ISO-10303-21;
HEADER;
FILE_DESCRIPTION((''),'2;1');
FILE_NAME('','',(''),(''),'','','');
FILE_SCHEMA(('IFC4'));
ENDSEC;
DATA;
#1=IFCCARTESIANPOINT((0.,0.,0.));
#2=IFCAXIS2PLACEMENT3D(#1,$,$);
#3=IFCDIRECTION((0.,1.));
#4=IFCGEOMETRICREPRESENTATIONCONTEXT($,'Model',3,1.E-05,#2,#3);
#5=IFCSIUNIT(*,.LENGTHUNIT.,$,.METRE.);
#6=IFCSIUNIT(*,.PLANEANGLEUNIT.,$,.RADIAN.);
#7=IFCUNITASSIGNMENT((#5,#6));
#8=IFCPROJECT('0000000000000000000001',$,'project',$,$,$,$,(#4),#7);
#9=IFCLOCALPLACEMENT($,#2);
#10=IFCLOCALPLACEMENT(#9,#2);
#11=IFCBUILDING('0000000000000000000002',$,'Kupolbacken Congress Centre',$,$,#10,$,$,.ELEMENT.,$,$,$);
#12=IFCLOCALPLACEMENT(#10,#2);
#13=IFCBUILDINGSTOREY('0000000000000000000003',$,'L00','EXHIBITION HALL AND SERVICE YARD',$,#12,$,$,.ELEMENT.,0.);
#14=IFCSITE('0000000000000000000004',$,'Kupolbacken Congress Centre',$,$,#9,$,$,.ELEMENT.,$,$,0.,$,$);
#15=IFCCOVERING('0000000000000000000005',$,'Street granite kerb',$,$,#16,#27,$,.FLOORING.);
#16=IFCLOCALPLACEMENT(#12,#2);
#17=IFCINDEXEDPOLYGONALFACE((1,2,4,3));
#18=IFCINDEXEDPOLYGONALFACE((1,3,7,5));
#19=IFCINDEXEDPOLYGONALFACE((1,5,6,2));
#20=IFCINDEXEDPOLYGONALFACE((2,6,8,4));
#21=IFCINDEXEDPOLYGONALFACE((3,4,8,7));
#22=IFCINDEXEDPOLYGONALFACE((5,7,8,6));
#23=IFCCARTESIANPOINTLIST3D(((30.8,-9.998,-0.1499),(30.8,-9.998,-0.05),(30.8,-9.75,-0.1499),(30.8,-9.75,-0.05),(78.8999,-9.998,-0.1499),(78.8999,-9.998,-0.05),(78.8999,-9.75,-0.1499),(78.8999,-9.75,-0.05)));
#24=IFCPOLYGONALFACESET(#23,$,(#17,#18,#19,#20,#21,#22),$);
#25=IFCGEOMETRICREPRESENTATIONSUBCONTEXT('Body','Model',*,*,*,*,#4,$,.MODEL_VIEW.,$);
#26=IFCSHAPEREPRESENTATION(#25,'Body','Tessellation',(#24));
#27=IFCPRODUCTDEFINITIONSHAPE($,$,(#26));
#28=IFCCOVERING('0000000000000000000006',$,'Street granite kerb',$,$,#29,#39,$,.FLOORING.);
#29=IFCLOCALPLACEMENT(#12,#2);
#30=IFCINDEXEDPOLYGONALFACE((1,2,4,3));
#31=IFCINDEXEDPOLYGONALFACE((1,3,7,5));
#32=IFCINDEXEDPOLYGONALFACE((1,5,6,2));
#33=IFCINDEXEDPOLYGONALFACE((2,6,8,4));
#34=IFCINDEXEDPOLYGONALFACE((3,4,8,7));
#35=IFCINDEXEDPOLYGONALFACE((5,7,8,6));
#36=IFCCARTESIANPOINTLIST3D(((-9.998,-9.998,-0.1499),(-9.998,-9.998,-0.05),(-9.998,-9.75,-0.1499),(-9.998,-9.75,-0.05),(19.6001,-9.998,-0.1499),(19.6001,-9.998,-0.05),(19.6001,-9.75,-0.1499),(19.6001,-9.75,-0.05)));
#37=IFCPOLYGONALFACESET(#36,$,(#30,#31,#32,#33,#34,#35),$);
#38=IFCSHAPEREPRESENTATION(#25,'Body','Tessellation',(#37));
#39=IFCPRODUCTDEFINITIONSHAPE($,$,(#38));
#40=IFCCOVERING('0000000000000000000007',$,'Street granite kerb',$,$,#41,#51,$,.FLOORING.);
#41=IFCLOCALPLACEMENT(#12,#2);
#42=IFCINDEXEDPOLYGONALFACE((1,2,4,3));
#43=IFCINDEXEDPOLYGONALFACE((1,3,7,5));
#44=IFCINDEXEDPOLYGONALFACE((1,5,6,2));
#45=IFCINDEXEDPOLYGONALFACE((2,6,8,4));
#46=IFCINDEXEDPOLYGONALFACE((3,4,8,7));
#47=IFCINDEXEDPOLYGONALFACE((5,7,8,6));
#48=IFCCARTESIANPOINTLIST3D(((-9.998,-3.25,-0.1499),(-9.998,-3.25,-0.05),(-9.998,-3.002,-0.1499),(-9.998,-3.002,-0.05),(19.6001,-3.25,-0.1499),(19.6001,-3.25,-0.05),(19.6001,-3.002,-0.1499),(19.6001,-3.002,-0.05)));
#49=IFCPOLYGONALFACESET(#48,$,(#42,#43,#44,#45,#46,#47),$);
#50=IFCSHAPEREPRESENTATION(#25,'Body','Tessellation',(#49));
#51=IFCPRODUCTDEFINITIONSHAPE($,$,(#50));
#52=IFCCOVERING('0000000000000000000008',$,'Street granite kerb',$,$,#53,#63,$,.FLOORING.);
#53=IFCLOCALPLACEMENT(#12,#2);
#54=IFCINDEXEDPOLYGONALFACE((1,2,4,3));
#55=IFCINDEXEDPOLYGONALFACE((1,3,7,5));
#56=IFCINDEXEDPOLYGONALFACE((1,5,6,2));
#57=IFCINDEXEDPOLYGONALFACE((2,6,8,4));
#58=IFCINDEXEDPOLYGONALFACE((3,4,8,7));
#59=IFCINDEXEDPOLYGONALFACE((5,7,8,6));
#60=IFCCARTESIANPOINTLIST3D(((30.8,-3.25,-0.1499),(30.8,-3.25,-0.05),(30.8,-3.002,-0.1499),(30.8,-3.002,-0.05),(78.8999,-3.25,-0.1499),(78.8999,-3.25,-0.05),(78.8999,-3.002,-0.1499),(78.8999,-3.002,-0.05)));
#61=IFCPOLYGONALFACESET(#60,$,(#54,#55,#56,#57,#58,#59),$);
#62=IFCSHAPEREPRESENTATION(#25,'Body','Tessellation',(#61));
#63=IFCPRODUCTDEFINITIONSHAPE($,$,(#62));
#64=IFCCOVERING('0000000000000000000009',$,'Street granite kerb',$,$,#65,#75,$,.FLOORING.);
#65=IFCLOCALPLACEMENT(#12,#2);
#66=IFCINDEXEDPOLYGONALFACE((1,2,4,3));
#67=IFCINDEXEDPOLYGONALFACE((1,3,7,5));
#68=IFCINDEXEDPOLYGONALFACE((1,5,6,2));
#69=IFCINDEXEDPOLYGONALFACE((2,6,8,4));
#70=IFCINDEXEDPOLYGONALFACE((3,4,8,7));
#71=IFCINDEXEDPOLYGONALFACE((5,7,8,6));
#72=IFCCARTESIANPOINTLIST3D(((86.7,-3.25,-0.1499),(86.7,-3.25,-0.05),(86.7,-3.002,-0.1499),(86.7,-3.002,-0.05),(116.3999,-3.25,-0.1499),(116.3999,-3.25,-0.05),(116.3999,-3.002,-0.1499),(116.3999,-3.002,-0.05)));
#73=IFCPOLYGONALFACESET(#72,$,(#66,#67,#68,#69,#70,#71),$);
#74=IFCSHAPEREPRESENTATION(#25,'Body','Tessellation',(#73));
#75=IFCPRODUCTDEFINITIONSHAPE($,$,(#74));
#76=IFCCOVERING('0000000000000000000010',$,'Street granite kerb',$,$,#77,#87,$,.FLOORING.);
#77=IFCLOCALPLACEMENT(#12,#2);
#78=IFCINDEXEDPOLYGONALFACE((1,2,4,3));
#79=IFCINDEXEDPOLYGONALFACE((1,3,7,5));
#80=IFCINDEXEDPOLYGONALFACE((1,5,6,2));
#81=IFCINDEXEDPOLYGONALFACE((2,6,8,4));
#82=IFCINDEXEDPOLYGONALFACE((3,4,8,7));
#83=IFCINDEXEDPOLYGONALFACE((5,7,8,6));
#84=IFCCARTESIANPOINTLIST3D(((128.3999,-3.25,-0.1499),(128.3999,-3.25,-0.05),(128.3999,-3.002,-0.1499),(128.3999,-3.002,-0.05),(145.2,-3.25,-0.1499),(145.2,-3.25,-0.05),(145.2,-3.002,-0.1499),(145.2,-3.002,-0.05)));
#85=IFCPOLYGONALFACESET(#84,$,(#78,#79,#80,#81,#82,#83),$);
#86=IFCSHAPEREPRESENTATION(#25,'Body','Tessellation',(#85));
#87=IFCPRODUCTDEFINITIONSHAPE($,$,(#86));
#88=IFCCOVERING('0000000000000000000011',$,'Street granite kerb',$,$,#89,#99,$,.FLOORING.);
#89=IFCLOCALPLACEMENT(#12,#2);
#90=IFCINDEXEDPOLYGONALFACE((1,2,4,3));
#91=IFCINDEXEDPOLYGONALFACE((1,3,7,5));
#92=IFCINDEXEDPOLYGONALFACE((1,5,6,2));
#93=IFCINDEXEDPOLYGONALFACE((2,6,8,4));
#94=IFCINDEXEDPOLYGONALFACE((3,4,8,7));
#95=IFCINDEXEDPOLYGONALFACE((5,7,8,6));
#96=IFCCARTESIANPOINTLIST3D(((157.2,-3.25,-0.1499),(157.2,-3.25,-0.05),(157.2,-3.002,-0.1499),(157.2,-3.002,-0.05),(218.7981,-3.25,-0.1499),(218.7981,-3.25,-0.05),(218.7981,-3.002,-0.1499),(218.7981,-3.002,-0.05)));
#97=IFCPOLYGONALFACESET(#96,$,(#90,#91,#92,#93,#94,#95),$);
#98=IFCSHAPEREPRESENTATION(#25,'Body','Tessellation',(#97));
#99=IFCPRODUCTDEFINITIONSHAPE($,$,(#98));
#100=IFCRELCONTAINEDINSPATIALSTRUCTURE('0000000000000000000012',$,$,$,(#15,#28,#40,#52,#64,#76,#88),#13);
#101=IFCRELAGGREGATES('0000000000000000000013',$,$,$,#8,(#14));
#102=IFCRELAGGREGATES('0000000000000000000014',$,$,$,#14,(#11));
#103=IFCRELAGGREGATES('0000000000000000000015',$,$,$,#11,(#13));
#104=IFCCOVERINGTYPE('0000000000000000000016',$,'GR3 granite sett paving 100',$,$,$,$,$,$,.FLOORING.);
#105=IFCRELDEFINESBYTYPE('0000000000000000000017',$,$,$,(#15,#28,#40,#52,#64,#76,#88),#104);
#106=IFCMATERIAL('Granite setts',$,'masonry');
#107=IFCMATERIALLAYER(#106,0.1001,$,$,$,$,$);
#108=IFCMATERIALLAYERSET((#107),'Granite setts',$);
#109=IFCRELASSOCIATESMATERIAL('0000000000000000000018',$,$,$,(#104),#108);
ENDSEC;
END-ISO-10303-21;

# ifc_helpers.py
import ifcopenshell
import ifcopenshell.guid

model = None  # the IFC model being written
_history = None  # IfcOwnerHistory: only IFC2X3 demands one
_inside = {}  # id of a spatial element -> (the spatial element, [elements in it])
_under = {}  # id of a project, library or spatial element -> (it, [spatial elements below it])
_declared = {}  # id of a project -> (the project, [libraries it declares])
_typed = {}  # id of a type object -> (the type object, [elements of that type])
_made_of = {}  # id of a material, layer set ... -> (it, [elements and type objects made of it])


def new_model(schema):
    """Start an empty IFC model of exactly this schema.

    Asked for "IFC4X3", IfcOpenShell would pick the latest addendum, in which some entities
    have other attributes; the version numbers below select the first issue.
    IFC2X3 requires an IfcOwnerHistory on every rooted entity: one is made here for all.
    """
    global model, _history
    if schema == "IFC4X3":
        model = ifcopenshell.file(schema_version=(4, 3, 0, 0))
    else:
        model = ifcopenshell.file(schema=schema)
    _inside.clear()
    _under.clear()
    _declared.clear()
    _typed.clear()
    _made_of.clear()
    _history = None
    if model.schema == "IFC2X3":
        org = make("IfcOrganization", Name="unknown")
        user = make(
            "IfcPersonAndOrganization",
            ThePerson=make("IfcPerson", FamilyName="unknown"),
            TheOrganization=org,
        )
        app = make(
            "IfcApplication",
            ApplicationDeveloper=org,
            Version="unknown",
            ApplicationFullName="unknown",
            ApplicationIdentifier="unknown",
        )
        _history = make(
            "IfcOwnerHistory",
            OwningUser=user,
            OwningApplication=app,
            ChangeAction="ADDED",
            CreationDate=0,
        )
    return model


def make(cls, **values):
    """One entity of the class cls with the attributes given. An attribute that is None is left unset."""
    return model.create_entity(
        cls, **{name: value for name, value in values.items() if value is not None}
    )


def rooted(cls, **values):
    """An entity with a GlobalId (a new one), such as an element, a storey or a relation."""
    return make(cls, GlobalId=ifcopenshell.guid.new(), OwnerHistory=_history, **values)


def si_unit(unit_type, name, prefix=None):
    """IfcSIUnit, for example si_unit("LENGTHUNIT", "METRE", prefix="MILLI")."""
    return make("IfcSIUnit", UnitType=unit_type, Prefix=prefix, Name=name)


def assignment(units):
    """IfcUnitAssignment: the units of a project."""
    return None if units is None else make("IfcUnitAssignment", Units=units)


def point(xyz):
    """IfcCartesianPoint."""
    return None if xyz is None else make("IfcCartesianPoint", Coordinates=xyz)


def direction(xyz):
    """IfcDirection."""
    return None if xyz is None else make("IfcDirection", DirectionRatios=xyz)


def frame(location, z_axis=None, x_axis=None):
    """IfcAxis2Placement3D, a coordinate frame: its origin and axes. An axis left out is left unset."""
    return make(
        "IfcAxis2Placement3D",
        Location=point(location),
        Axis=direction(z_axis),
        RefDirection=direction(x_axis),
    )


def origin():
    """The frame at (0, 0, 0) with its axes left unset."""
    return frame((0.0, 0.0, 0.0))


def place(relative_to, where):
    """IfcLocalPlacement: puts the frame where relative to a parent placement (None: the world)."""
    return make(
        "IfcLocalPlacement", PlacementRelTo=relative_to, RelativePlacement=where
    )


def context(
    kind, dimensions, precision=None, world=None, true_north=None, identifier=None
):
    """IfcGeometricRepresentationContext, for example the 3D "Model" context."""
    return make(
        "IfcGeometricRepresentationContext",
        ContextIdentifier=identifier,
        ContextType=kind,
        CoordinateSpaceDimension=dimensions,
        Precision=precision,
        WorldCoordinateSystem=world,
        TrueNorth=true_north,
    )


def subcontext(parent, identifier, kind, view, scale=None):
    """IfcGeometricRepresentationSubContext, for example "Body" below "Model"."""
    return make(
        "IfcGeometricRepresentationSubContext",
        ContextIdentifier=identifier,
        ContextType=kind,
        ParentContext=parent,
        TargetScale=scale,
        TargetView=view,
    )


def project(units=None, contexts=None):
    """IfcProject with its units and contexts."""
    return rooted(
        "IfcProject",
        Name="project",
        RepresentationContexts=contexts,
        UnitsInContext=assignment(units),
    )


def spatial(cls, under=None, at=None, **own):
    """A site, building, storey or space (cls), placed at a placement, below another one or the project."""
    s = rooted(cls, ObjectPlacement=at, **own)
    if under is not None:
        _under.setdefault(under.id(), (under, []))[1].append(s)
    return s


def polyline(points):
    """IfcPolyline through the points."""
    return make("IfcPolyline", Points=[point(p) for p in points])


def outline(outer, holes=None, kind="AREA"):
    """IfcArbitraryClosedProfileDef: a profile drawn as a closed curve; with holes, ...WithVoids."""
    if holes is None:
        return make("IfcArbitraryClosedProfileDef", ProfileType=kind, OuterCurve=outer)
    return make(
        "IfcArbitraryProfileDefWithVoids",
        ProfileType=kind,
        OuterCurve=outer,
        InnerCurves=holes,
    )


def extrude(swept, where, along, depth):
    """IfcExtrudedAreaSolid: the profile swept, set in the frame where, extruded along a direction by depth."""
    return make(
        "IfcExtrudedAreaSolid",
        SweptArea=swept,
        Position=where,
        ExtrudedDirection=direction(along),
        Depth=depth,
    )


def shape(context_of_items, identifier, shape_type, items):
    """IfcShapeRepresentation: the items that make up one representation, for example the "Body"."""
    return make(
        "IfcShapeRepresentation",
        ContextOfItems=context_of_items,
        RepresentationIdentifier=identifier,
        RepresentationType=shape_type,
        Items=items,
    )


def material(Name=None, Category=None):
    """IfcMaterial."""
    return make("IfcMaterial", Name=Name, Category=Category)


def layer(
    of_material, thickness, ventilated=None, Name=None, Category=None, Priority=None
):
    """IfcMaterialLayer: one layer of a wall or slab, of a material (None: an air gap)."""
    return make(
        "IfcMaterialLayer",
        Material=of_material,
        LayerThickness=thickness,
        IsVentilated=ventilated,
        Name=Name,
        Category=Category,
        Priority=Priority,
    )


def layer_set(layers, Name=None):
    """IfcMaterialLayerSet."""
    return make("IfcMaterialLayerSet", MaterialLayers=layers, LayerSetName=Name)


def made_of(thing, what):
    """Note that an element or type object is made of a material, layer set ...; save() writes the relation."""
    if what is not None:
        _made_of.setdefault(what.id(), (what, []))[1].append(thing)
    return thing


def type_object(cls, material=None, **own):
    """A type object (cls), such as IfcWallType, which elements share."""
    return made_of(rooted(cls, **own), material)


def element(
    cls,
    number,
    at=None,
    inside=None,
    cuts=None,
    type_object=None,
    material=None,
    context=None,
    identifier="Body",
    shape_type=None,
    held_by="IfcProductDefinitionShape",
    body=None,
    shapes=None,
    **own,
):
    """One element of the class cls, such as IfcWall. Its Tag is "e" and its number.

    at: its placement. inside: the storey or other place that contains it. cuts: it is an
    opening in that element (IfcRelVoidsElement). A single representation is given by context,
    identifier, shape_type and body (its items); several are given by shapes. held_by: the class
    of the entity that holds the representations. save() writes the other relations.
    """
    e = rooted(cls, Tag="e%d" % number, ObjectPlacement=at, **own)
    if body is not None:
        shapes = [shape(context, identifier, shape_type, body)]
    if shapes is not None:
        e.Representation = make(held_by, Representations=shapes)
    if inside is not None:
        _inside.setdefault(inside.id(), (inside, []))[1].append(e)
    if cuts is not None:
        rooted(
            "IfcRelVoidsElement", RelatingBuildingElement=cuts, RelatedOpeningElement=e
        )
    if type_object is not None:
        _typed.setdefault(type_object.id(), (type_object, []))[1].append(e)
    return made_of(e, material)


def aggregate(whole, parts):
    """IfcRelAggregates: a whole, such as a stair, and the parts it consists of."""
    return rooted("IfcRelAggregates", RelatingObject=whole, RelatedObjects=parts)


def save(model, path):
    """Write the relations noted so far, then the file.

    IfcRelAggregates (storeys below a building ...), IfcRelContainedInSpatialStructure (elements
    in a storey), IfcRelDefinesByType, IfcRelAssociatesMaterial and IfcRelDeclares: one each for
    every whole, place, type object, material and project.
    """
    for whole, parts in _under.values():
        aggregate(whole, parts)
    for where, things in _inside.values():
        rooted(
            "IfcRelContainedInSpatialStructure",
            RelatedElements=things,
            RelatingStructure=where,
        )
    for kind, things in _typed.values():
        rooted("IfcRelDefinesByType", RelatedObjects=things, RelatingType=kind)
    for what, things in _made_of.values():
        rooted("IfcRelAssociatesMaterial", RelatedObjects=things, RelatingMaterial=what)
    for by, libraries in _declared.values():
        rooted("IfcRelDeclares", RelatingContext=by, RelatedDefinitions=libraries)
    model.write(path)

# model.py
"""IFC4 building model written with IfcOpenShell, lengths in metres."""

from ifc_helpers import new_model, si_unit, direction, frame, origin, place, context, subcontext, project, spatial, polyline, outline, extrude, material, layer, layer_set, type_object, element, save


model = new_model("IFC4")

# Units and contexts
model_context = context("Model", 3, precision=1e-05, world=origin(), true_north=direction((0.0, 1.0)))
body_context = subcontext(model_context, "Body", "Model", "MODEL_VIEW")
ifc_project = project(units=[si_unit("LENGTHUNIT", "METRE"), si_unit("PLANEANGLEUNIT", "RADIAN")], contexts=[model_context])

# Site, building, storey
site_placement = place(None, origin())
site = spatial("IfcSite", under=ifc_project, at=site_placement, Name="Kupolbacken Congress Centre", CompositionType="ELEMENT", RefElevation=0.0)
building_placement = place(site_placement, origin())
building = spatial("IfcBuilding", under=site, at=building_placement, Name="Kupolbacken Congress Centre", CompositionType="ELEMENT")
storey_placement = place(building_placement, origin())
storey = spatial("IfcBuildingStorey", under=building, at=storey_placement, Name="L00", Description="EXHIBITION HALL AND SERVICE YARD", CompositionType="ELEMENT", Elevation=0.0)

# Coverings
ifc_material_1 = material(Name="Granite setts", Category="masonry")
ifc_layer_1 = layer(ifc_material_1, 0.1001)
ifc_layer_set_1 = layer_set([ifc_layer_1], Name="Granite setts")
covering_type_1 = type_object("IfcCoveringType", Name="GR3 granite sett paving 100", PredefinedType="FLOORING", material=ifc_layer_set_1)
covering_1_placement = place(storey_placement, frame((0.0, 0.0, -0.1499)))
element("IfcCovering", 1, at=covering_1_placement, inside=storey, type_object=covering_type_1, Name="Street granite kerb", PredefinedType="FLOORING", context=body_context, shape_type="SweptSolid", body=[
    extrude(outline(polyline([(30.8, -9.998), (30.8, -9.75), (78.8999, -9.75), (78.8999, -9.998), (30.8, -9.998)])), origin(), (0.0, 0.0, 1.0), 0.0999),
])
covering_2_placement = place(storey_placement, frame((0.0, 0.0, -0.1499)))
element("IfcCovering", 2, at=covering_2_placement, inside=storey, type_object=covering_type_1, Name="Street granite kerb", PredefinedType="FLOORING", context=body_context, shape_type="SweptSolid", body=[
    extrude(outline(polyline([(-9.998, -9.998), (-9.998, -9.75), (19.6001, -9.75), (19.6001, -9.998), (-9.998, -9.998)])), origin(), (0.0, 0.0, 1.0), 0.0999),
])
covering_3_placement = place(storey_placement, frame((0.0, 0.0, -0.1499)))
element("IfcCovering", 3, at=covering_3_placement, inside=storey, type_object=covering_type_1, Name="Street granite kerb", PredefinedType="FLOORING", context=body_context, shape_type="SweptSolid", body=[
    extrude(outline(polyline([(-9.998, -3.002), (19.6001, -3.002), (19.6001, -3.25), (-9.998, -3.25), (-9.998, -3.002)])), origin(), (0.0, 0.0, 1.0), 0.0999),
])
covering_4_placement = place(storey_placement, frame((0.0, 0.0, -0.1499)))
element("IfcCovering", 4, at=covering_4_placement, inside=storey, type_object=covering_type_1, Name="Street granite kerb", PredefinedType="FLOORING", context=body_context, shape_type="SweptSolid", body=[
    extrude(outline(polyline([(78.8999, -3.002), (78.8999, -3.25), (30.8, -3.25), (30.8, -3.002), (78.8999, -3.002)])), origin(), (0.0, 0.0, 1.0), 0.0999),
])
covering_5_placement = place(storey_placement, frame((0.0, 0.0, -0.1499)))
element("IfcCovering", 5, at=covering_5_placement, inside=storey, type_object=covering_type_1, Name="Street granite kerb", PredefinedType="FLOORING", context=body_context, shape_type="SweptSolid", body=[
    extrude(outline(polyline([(116.3999, -3.002), (116.3999, -3.25), (86.7, -3.25), (86.7, -3.002), (116.3999, -3.002)])), origin(), (0.0, 0.0, 1.0), 0.0999),
])
covering_6_placement = place(storey_placement, frame((0.0, 0.0, -0.1499)))
element("IfcCovering", 6, at=covering_6_placement, inside=storey, type_object=covering_type_1, Name="Street granite kerb", PredefinedType="FLOORING", context=body_context, shape_type="SweptSolid", body=[
    extrude(outline(polyline([(145.2, -3.002), (145.2, -3.25), (128.3999, -3.25), (128.3999, -3.002), (145.2, -3.002)])), origin(), (0.0, 0.0, 1.0), 0.0999),
])
covering_7_placement = place(storey_placement, frame((0.0, 0.0, -0.1499)))
element("IfcCovering", 7, at=covering_7_placement, inside=storey, type_object=covering_type_1, Name="Street granite kerb", PredefinedType="FLOORING", context=body_context, shape_type="SweptSolid", body=[
    extrude(outline(polyline([(218.7981, -3.002), (218.7981, -3.25), (157.2, -3.25), (157.2, -3.002), (218.7981, -3.002)])), origin(), (0.0, 0.0, 1.0), 0.0999),
])

save(model, "model.ifc")
